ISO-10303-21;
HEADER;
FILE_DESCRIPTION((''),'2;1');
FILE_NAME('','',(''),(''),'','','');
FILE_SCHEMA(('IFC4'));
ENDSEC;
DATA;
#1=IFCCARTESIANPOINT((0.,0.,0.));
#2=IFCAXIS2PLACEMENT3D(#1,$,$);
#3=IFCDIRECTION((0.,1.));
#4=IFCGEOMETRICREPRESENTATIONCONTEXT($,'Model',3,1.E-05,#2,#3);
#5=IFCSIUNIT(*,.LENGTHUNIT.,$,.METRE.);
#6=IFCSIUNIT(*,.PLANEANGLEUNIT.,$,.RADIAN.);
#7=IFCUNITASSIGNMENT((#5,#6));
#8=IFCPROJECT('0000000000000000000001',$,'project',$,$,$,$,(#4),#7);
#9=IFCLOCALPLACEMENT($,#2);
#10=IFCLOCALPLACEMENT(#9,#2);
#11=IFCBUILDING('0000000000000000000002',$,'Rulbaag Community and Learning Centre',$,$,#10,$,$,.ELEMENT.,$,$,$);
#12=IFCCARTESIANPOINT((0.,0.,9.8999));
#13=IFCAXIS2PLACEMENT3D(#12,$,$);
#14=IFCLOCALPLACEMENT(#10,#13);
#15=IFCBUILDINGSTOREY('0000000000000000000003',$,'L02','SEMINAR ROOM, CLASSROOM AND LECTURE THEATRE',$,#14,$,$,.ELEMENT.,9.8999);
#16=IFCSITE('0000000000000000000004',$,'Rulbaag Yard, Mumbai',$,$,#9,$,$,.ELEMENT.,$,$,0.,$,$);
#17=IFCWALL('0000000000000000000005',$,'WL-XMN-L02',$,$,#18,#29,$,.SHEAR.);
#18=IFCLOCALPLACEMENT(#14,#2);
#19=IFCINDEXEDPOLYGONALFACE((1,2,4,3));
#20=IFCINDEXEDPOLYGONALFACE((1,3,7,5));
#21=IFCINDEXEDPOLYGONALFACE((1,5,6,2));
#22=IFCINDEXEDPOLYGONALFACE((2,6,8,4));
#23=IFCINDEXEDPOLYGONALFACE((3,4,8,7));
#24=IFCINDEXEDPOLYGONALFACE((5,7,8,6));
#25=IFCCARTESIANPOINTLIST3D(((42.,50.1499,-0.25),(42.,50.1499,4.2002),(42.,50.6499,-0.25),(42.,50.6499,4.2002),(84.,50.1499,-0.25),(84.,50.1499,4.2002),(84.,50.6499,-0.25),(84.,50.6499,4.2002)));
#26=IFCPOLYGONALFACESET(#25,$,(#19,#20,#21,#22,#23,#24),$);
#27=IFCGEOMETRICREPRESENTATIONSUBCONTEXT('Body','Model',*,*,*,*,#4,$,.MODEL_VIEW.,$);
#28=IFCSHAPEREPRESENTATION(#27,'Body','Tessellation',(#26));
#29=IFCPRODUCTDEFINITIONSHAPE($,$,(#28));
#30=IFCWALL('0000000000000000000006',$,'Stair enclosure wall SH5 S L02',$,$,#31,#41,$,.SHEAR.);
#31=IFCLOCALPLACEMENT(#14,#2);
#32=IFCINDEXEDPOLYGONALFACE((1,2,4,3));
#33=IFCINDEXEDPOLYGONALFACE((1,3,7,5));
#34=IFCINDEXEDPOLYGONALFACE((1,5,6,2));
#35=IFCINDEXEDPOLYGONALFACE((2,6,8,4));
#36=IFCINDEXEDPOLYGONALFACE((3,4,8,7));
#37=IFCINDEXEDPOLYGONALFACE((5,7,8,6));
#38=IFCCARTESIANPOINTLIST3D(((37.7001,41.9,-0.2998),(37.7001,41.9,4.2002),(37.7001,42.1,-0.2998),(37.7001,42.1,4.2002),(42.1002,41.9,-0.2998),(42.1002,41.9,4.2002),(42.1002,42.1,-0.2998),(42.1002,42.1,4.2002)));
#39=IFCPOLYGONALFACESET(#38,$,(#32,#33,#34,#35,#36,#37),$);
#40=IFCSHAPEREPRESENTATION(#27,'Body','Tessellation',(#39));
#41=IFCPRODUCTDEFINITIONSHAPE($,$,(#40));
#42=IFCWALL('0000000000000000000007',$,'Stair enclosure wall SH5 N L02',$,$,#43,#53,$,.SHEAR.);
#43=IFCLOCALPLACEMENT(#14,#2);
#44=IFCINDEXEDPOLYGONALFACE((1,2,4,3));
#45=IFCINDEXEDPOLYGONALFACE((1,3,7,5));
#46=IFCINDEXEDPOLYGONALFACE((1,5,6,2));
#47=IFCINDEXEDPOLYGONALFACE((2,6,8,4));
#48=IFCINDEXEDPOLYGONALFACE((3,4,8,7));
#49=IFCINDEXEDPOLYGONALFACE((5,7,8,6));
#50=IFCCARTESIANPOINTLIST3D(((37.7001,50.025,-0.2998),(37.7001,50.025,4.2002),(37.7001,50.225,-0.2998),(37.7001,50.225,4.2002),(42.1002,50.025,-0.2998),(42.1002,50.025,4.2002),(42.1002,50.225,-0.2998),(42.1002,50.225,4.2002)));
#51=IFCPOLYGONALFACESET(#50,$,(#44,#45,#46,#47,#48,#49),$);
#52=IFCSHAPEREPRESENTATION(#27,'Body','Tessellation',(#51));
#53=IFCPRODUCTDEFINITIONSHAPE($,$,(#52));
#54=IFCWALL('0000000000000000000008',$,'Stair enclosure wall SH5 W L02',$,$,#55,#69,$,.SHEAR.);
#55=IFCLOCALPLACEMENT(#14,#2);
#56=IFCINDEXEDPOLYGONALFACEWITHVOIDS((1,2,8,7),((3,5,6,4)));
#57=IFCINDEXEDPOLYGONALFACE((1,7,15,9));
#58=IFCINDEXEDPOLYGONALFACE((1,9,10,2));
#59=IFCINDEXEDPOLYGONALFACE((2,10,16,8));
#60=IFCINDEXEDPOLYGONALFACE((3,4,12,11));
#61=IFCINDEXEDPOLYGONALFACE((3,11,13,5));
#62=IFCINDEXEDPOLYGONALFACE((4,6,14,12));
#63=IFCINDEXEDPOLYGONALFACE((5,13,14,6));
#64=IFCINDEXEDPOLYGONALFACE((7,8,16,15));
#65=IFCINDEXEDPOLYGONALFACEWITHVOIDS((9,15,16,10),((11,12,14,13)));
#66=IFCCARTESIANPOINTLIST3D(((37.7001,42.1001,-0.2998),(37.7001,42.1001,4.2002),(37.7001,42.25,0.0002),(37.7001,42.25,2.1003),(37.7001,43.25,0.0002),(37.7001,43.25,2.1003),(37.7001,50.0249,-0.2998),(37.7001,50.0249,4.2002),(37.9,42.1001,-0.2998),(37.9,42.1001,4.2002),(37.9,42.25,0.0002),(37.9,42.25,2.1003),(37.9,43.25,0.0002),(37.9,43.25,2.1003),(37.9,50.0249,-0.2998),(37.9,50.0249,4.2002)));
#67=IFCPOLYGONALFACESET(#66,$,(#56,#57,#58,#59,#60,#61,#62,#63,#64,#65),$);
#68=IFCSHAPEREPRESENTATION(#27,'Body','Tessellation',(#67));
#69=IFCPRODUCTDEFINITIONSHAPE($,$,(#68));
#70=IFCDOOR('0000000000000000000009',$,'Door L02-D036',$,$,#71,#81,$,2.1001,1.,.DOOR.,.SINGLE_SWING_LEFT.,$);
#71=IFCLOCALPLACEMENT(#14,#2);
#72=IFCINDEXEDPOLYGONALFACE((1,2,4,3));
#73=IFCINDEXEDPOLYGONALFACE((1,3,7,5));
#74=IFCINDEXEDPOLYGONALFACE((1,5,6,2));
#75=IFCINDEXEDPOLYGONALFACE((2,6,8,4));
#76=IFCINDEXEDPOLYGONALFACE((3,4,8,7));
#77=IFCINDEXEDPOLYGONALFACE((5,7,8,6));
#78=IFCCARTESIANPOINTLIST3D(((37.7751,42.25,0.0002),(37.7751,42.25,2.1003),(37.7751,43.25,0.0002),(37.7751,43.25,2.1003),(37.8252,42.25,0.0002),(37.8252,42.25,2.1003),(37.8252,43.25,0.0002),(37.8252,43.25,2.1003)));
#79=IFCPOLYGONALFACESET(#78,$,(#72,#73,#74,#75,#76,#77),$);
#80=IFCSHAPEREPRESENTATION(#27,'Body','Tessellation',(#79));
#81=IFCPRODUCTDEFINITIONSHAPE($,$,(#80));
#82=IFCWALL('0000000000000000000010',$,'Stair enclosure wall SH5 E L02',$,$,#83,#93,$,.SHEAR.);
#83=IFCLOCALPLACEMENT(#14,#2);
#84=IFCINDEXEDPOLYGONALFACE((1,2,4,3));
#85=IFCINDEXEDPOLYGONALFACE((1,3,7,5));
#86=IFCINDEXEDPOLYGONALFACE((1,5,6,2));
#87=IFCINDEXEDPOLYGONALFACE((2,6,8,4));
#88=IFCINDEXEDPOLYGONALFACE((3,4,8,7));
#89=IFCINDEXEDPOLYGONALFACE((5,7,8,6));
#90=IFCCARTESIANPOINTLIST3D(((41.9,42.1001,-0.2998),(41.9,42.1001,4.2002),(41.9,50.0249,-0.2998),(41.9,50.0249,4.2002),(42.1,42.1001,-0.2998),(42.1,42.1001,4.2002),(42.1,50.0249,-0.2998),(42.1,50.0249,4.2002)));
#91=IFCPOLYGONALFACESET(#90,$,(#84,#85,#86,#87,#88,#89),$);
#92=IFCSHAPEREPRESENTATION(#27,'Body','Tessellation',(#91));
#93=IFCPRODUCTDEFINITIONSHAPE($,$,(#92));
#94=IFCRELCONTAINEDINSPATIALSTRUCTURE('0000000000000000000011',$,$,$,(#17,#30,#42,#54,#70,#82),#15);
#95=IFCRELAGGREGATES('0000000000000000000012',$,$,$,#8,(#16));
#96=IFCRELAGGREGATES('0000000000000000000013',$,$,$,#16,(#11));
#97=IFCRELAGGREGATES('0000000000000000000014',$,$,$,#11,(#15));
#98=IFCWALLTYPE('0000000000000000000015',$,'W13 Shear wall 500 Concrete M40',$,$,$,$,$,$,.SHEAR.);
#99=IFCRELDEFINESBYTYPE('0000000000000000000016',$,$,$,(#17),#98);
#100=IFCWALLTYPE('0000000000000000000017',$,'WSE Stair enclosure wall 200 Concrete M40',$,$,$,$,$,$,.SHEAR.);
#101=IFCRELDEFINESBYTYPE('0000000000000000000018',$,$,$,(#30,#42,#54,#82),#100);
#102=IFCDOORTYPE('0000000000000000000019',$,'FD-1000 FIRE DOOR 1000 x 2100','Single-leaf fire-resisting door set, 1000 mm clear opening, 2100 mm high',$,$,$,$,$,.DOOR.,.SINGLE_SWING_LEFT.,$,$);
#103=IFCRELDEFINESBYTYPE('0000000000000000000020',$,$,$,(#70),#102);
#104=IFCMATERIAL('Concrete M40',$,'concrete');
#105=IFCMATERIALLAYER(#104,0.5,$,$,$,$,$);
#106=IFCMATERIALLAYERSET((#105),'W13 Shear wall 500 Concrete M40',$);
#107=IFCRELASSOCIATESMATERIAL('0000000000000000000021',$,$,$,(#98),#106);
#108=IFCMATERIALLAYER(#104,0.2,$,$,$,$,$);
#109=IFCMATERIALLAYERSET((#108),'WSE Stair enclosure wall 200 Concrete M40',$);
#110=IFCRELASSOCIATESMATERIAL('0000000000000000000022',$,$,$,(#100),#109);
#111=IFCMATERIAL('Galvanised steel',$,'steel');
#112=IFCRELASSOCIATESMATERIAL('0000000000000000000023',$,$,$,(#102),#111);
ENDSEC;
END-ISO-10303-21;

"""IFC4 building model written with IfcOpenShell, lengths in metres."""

from ifc_helpers import new_model, si_unit, direction, frame, frame_2d, origin, place, context, subcontext, project, spatial, rectangle, extrude, material, layer, layer_set, type_object, element, fill, save


model = new_model("IFC4")

# Units and contexts
model_context = context("Model", 3, precision=1e-05, world=origin(), true_north=direction((0.0, 1.0)))
body_context = subcontext(model_context, "Body", "Model", "MODEL_VIEW")
ifc_project = project(units=[si_unit("LENGTHUNIT", "METRE"), si_unit("PLANEANGLEUNIT", "RADIAN")], contexts=[model_context])

# Site, building, storey
site_placement = place(None, origin())
site = spatial("IfcSite", under=ifc_project, at=site_placement, Name="Rulbaag Yard, Mumbai", CompositionType="ELEMENT", RefElevation=0.0)
building_placement = place(site_placement, origin())
building = spatial("IfcBuilding", under=site, at=building_placement, Name="Rulbaag Community and Learning Centre", CompositionType="ELEMENT")
storey_placement = place(building_placement, frame((0.0, 0.0, 9.8999)))
storey = spatial("IfcBuildingStorey", under=building, at=storey_placement, Name="L02", Description="SEMINAR ROOM, CLASSROOM AND LECTURE THEATRE", CompositionType="ELEMENT", Elevation=9.8999)

# Shared definitions
ifc_material_1 = material(Name="Concrete M40", Category="concrete")

# Walls
ifc_layer_1 = layer(ifc_material_1, 0.5)
ifc_layer_set_1 = layer_set([ifc_layer_1], Name="W13 Shear wall 500 Concrete M40")
wall_type_1 = type_object("IfcWallType", Name="W13 Shear wall 500 Concrete M40", PredefinedType="SHEAR", material=ifc_layer_set_1)
wall_1_placement = place(storey_placement, frame((42.0, 50.3999, -0.25), z_axis=(0.0, 0.0, 1.0), x_axis=(1.0, 0.0, 0.0)))
element("IfcWall", 1, at=wall_1_placement, inside=storey, type_object=wall_type_1, Name="WL-XMN-L02", PredefinedType="SHEAR", context=body_context, shape_type="SweptSolid", body=[
    extrude(rectangle(XDim=42.0, YDim=0.5, at=frame_2d((21.0, 0.0))), origin(), (0.0, 0.0, 1.0), 4.4502),
])
ifc_layer_2 = layer(ifc_material_1, 0.2)
ifc_layer_set_2 = layer_set([ifc_layer_2], Name="WSE Stair enclosure wall 200 Concrete M40")
wall_type_2 = type_object("IfcWallType", Name="WSE Stair enclosure wall 200 Concrete M40", PredefinedType="SHEAR", material=ifc_layer_set_2)
for number, where, z_axis, x_axis, name in (
    (2, (37.7, 42.0, -0.2998), (0.0, 0.0, 1.0), (1.0, 0.0, 0.0), "Stair enclosure wall SH5 S L02"),
    (3, (37.7, 50.125, -0.2998), (0.0, 0.0, 1.0), (1.0, 0.0, 0.0), "Stair enclosure wall SH5 N L02"),
):
    element("IfcWall", number, at=place(storey_placement, frame(where, z_axis=z_axis, x_axis=x_axis)), inside=storey, type_object=wall_type_2, Name=name, PredefinedType="SHEAR", context=body_context, shape_type="SweptSolid", body=[
        extrude(rectangle(XDim=4.4001, YDim=0.2, at=frame_2d((2.2002, 0.0))), origin(), (0.0, 0.0, 1.0), 4.5),
    ])

# Wall, opening, door
wall_2_placement = place(storey_placement, frame((37.8, 42.1001, -0.2998), z_axis=(0.0, 0.0, 1.0), x_axis=(0.0, 1.0, 0.0)))
wall_2 = element("IfcWall", 4, at=wall_2_placement, inside=storey, type_object=wall_type_2, Name="Stair enclosure wall SH5 W L02", PredefinedType="SHEAR", context=body_context, shape_type="SweptSolid", body=[
    extrude(rectangle(XDim=7.9248, YDim=0.2, at=frame_2d((3.9624, 0.0))), origin(), (0.0, 0.0, 1.0), 4.5),
])
opening_1_placement = place(wall_2_placement, frame((0.1499, 0.0, 0.3)))
opening_1 = element("IfcOpeningElement", 5, at=opening_1_placement, cuts=wall_2, PredefinedType="OPENING", context=body_context, shape_type="SweptSolid", body=[
    extrude(rectangle(XDim=1.0, YDim=2.1001, at=frame_2d((0.5, 1.05))), frame((0.0, 0.1099, 0.0), z_axis=(0.0, -1.0, 0.0), x_axis=(1.0, 0.0, 0.0)), (0.0, 0.0, 1.0), 0.22),
])
ifc_material_2 = material(Name="Galvanised steel", Category="steel")
door_type_1 = type_object("IfcDoorType", Name="FD-1000 FIRE DOOR 1000 x 2100", Description="Single-leaf fire-resisting door set, 1000 mm clear opening, 2100 mm high", OperationType="SINGLE_SWING_LEFT", PredefinedType="DOOR", material=ifc_material_2)
door_1_placement = place(opening_1_placement, origin())
door_1 = element("IfcDoor", 6, at=door_1_placement, inside=storey, type_object=door_type_1, Name="Door L02-D036", OperationType="SINGLE_SWING_LEFT", OverallHeight=2.1001, OverallWidth=1.0, PredefinedType="DOOR", context=body_context, shape_type="SweptSolid", body=[
    extrude(rectangle(XDim=1.0, YDim=2.1001, at=frame_2d((0.5, 1.05))), frame((0.0, 0.0249, 0.0), z_axis=(0.0, -1.0, 0.0), x_axis=(1.0, 0.0, 0.0)), (0.0, 0.0, 1.0), 0.05),
])
fill(opening_1, door_1)

# Wall
wall_3_placement = place(storey_placement, frame((42.0, 42.1001, -0.2998), z_axis=(0.0, 0.0, 1.0), x_axis=(0.0, 1.0, 0.0)))
element("IfcWall", 7, at=wall_3_placement, inside=storey, type_object=wall_type_2, Name="Stair enclosure wall SH5 E L02", PredefinedType="SHEAR", context=body_context, shape_type="SweptSolid", body=[
    extrude(rectangle(XDim=7.9248, YDim=0.2, at=frame_2d((3.9624, 0.0))), origin(), (0.0, 0.0, 1.0), 4.5),
])

save(model, "model.ifc")
